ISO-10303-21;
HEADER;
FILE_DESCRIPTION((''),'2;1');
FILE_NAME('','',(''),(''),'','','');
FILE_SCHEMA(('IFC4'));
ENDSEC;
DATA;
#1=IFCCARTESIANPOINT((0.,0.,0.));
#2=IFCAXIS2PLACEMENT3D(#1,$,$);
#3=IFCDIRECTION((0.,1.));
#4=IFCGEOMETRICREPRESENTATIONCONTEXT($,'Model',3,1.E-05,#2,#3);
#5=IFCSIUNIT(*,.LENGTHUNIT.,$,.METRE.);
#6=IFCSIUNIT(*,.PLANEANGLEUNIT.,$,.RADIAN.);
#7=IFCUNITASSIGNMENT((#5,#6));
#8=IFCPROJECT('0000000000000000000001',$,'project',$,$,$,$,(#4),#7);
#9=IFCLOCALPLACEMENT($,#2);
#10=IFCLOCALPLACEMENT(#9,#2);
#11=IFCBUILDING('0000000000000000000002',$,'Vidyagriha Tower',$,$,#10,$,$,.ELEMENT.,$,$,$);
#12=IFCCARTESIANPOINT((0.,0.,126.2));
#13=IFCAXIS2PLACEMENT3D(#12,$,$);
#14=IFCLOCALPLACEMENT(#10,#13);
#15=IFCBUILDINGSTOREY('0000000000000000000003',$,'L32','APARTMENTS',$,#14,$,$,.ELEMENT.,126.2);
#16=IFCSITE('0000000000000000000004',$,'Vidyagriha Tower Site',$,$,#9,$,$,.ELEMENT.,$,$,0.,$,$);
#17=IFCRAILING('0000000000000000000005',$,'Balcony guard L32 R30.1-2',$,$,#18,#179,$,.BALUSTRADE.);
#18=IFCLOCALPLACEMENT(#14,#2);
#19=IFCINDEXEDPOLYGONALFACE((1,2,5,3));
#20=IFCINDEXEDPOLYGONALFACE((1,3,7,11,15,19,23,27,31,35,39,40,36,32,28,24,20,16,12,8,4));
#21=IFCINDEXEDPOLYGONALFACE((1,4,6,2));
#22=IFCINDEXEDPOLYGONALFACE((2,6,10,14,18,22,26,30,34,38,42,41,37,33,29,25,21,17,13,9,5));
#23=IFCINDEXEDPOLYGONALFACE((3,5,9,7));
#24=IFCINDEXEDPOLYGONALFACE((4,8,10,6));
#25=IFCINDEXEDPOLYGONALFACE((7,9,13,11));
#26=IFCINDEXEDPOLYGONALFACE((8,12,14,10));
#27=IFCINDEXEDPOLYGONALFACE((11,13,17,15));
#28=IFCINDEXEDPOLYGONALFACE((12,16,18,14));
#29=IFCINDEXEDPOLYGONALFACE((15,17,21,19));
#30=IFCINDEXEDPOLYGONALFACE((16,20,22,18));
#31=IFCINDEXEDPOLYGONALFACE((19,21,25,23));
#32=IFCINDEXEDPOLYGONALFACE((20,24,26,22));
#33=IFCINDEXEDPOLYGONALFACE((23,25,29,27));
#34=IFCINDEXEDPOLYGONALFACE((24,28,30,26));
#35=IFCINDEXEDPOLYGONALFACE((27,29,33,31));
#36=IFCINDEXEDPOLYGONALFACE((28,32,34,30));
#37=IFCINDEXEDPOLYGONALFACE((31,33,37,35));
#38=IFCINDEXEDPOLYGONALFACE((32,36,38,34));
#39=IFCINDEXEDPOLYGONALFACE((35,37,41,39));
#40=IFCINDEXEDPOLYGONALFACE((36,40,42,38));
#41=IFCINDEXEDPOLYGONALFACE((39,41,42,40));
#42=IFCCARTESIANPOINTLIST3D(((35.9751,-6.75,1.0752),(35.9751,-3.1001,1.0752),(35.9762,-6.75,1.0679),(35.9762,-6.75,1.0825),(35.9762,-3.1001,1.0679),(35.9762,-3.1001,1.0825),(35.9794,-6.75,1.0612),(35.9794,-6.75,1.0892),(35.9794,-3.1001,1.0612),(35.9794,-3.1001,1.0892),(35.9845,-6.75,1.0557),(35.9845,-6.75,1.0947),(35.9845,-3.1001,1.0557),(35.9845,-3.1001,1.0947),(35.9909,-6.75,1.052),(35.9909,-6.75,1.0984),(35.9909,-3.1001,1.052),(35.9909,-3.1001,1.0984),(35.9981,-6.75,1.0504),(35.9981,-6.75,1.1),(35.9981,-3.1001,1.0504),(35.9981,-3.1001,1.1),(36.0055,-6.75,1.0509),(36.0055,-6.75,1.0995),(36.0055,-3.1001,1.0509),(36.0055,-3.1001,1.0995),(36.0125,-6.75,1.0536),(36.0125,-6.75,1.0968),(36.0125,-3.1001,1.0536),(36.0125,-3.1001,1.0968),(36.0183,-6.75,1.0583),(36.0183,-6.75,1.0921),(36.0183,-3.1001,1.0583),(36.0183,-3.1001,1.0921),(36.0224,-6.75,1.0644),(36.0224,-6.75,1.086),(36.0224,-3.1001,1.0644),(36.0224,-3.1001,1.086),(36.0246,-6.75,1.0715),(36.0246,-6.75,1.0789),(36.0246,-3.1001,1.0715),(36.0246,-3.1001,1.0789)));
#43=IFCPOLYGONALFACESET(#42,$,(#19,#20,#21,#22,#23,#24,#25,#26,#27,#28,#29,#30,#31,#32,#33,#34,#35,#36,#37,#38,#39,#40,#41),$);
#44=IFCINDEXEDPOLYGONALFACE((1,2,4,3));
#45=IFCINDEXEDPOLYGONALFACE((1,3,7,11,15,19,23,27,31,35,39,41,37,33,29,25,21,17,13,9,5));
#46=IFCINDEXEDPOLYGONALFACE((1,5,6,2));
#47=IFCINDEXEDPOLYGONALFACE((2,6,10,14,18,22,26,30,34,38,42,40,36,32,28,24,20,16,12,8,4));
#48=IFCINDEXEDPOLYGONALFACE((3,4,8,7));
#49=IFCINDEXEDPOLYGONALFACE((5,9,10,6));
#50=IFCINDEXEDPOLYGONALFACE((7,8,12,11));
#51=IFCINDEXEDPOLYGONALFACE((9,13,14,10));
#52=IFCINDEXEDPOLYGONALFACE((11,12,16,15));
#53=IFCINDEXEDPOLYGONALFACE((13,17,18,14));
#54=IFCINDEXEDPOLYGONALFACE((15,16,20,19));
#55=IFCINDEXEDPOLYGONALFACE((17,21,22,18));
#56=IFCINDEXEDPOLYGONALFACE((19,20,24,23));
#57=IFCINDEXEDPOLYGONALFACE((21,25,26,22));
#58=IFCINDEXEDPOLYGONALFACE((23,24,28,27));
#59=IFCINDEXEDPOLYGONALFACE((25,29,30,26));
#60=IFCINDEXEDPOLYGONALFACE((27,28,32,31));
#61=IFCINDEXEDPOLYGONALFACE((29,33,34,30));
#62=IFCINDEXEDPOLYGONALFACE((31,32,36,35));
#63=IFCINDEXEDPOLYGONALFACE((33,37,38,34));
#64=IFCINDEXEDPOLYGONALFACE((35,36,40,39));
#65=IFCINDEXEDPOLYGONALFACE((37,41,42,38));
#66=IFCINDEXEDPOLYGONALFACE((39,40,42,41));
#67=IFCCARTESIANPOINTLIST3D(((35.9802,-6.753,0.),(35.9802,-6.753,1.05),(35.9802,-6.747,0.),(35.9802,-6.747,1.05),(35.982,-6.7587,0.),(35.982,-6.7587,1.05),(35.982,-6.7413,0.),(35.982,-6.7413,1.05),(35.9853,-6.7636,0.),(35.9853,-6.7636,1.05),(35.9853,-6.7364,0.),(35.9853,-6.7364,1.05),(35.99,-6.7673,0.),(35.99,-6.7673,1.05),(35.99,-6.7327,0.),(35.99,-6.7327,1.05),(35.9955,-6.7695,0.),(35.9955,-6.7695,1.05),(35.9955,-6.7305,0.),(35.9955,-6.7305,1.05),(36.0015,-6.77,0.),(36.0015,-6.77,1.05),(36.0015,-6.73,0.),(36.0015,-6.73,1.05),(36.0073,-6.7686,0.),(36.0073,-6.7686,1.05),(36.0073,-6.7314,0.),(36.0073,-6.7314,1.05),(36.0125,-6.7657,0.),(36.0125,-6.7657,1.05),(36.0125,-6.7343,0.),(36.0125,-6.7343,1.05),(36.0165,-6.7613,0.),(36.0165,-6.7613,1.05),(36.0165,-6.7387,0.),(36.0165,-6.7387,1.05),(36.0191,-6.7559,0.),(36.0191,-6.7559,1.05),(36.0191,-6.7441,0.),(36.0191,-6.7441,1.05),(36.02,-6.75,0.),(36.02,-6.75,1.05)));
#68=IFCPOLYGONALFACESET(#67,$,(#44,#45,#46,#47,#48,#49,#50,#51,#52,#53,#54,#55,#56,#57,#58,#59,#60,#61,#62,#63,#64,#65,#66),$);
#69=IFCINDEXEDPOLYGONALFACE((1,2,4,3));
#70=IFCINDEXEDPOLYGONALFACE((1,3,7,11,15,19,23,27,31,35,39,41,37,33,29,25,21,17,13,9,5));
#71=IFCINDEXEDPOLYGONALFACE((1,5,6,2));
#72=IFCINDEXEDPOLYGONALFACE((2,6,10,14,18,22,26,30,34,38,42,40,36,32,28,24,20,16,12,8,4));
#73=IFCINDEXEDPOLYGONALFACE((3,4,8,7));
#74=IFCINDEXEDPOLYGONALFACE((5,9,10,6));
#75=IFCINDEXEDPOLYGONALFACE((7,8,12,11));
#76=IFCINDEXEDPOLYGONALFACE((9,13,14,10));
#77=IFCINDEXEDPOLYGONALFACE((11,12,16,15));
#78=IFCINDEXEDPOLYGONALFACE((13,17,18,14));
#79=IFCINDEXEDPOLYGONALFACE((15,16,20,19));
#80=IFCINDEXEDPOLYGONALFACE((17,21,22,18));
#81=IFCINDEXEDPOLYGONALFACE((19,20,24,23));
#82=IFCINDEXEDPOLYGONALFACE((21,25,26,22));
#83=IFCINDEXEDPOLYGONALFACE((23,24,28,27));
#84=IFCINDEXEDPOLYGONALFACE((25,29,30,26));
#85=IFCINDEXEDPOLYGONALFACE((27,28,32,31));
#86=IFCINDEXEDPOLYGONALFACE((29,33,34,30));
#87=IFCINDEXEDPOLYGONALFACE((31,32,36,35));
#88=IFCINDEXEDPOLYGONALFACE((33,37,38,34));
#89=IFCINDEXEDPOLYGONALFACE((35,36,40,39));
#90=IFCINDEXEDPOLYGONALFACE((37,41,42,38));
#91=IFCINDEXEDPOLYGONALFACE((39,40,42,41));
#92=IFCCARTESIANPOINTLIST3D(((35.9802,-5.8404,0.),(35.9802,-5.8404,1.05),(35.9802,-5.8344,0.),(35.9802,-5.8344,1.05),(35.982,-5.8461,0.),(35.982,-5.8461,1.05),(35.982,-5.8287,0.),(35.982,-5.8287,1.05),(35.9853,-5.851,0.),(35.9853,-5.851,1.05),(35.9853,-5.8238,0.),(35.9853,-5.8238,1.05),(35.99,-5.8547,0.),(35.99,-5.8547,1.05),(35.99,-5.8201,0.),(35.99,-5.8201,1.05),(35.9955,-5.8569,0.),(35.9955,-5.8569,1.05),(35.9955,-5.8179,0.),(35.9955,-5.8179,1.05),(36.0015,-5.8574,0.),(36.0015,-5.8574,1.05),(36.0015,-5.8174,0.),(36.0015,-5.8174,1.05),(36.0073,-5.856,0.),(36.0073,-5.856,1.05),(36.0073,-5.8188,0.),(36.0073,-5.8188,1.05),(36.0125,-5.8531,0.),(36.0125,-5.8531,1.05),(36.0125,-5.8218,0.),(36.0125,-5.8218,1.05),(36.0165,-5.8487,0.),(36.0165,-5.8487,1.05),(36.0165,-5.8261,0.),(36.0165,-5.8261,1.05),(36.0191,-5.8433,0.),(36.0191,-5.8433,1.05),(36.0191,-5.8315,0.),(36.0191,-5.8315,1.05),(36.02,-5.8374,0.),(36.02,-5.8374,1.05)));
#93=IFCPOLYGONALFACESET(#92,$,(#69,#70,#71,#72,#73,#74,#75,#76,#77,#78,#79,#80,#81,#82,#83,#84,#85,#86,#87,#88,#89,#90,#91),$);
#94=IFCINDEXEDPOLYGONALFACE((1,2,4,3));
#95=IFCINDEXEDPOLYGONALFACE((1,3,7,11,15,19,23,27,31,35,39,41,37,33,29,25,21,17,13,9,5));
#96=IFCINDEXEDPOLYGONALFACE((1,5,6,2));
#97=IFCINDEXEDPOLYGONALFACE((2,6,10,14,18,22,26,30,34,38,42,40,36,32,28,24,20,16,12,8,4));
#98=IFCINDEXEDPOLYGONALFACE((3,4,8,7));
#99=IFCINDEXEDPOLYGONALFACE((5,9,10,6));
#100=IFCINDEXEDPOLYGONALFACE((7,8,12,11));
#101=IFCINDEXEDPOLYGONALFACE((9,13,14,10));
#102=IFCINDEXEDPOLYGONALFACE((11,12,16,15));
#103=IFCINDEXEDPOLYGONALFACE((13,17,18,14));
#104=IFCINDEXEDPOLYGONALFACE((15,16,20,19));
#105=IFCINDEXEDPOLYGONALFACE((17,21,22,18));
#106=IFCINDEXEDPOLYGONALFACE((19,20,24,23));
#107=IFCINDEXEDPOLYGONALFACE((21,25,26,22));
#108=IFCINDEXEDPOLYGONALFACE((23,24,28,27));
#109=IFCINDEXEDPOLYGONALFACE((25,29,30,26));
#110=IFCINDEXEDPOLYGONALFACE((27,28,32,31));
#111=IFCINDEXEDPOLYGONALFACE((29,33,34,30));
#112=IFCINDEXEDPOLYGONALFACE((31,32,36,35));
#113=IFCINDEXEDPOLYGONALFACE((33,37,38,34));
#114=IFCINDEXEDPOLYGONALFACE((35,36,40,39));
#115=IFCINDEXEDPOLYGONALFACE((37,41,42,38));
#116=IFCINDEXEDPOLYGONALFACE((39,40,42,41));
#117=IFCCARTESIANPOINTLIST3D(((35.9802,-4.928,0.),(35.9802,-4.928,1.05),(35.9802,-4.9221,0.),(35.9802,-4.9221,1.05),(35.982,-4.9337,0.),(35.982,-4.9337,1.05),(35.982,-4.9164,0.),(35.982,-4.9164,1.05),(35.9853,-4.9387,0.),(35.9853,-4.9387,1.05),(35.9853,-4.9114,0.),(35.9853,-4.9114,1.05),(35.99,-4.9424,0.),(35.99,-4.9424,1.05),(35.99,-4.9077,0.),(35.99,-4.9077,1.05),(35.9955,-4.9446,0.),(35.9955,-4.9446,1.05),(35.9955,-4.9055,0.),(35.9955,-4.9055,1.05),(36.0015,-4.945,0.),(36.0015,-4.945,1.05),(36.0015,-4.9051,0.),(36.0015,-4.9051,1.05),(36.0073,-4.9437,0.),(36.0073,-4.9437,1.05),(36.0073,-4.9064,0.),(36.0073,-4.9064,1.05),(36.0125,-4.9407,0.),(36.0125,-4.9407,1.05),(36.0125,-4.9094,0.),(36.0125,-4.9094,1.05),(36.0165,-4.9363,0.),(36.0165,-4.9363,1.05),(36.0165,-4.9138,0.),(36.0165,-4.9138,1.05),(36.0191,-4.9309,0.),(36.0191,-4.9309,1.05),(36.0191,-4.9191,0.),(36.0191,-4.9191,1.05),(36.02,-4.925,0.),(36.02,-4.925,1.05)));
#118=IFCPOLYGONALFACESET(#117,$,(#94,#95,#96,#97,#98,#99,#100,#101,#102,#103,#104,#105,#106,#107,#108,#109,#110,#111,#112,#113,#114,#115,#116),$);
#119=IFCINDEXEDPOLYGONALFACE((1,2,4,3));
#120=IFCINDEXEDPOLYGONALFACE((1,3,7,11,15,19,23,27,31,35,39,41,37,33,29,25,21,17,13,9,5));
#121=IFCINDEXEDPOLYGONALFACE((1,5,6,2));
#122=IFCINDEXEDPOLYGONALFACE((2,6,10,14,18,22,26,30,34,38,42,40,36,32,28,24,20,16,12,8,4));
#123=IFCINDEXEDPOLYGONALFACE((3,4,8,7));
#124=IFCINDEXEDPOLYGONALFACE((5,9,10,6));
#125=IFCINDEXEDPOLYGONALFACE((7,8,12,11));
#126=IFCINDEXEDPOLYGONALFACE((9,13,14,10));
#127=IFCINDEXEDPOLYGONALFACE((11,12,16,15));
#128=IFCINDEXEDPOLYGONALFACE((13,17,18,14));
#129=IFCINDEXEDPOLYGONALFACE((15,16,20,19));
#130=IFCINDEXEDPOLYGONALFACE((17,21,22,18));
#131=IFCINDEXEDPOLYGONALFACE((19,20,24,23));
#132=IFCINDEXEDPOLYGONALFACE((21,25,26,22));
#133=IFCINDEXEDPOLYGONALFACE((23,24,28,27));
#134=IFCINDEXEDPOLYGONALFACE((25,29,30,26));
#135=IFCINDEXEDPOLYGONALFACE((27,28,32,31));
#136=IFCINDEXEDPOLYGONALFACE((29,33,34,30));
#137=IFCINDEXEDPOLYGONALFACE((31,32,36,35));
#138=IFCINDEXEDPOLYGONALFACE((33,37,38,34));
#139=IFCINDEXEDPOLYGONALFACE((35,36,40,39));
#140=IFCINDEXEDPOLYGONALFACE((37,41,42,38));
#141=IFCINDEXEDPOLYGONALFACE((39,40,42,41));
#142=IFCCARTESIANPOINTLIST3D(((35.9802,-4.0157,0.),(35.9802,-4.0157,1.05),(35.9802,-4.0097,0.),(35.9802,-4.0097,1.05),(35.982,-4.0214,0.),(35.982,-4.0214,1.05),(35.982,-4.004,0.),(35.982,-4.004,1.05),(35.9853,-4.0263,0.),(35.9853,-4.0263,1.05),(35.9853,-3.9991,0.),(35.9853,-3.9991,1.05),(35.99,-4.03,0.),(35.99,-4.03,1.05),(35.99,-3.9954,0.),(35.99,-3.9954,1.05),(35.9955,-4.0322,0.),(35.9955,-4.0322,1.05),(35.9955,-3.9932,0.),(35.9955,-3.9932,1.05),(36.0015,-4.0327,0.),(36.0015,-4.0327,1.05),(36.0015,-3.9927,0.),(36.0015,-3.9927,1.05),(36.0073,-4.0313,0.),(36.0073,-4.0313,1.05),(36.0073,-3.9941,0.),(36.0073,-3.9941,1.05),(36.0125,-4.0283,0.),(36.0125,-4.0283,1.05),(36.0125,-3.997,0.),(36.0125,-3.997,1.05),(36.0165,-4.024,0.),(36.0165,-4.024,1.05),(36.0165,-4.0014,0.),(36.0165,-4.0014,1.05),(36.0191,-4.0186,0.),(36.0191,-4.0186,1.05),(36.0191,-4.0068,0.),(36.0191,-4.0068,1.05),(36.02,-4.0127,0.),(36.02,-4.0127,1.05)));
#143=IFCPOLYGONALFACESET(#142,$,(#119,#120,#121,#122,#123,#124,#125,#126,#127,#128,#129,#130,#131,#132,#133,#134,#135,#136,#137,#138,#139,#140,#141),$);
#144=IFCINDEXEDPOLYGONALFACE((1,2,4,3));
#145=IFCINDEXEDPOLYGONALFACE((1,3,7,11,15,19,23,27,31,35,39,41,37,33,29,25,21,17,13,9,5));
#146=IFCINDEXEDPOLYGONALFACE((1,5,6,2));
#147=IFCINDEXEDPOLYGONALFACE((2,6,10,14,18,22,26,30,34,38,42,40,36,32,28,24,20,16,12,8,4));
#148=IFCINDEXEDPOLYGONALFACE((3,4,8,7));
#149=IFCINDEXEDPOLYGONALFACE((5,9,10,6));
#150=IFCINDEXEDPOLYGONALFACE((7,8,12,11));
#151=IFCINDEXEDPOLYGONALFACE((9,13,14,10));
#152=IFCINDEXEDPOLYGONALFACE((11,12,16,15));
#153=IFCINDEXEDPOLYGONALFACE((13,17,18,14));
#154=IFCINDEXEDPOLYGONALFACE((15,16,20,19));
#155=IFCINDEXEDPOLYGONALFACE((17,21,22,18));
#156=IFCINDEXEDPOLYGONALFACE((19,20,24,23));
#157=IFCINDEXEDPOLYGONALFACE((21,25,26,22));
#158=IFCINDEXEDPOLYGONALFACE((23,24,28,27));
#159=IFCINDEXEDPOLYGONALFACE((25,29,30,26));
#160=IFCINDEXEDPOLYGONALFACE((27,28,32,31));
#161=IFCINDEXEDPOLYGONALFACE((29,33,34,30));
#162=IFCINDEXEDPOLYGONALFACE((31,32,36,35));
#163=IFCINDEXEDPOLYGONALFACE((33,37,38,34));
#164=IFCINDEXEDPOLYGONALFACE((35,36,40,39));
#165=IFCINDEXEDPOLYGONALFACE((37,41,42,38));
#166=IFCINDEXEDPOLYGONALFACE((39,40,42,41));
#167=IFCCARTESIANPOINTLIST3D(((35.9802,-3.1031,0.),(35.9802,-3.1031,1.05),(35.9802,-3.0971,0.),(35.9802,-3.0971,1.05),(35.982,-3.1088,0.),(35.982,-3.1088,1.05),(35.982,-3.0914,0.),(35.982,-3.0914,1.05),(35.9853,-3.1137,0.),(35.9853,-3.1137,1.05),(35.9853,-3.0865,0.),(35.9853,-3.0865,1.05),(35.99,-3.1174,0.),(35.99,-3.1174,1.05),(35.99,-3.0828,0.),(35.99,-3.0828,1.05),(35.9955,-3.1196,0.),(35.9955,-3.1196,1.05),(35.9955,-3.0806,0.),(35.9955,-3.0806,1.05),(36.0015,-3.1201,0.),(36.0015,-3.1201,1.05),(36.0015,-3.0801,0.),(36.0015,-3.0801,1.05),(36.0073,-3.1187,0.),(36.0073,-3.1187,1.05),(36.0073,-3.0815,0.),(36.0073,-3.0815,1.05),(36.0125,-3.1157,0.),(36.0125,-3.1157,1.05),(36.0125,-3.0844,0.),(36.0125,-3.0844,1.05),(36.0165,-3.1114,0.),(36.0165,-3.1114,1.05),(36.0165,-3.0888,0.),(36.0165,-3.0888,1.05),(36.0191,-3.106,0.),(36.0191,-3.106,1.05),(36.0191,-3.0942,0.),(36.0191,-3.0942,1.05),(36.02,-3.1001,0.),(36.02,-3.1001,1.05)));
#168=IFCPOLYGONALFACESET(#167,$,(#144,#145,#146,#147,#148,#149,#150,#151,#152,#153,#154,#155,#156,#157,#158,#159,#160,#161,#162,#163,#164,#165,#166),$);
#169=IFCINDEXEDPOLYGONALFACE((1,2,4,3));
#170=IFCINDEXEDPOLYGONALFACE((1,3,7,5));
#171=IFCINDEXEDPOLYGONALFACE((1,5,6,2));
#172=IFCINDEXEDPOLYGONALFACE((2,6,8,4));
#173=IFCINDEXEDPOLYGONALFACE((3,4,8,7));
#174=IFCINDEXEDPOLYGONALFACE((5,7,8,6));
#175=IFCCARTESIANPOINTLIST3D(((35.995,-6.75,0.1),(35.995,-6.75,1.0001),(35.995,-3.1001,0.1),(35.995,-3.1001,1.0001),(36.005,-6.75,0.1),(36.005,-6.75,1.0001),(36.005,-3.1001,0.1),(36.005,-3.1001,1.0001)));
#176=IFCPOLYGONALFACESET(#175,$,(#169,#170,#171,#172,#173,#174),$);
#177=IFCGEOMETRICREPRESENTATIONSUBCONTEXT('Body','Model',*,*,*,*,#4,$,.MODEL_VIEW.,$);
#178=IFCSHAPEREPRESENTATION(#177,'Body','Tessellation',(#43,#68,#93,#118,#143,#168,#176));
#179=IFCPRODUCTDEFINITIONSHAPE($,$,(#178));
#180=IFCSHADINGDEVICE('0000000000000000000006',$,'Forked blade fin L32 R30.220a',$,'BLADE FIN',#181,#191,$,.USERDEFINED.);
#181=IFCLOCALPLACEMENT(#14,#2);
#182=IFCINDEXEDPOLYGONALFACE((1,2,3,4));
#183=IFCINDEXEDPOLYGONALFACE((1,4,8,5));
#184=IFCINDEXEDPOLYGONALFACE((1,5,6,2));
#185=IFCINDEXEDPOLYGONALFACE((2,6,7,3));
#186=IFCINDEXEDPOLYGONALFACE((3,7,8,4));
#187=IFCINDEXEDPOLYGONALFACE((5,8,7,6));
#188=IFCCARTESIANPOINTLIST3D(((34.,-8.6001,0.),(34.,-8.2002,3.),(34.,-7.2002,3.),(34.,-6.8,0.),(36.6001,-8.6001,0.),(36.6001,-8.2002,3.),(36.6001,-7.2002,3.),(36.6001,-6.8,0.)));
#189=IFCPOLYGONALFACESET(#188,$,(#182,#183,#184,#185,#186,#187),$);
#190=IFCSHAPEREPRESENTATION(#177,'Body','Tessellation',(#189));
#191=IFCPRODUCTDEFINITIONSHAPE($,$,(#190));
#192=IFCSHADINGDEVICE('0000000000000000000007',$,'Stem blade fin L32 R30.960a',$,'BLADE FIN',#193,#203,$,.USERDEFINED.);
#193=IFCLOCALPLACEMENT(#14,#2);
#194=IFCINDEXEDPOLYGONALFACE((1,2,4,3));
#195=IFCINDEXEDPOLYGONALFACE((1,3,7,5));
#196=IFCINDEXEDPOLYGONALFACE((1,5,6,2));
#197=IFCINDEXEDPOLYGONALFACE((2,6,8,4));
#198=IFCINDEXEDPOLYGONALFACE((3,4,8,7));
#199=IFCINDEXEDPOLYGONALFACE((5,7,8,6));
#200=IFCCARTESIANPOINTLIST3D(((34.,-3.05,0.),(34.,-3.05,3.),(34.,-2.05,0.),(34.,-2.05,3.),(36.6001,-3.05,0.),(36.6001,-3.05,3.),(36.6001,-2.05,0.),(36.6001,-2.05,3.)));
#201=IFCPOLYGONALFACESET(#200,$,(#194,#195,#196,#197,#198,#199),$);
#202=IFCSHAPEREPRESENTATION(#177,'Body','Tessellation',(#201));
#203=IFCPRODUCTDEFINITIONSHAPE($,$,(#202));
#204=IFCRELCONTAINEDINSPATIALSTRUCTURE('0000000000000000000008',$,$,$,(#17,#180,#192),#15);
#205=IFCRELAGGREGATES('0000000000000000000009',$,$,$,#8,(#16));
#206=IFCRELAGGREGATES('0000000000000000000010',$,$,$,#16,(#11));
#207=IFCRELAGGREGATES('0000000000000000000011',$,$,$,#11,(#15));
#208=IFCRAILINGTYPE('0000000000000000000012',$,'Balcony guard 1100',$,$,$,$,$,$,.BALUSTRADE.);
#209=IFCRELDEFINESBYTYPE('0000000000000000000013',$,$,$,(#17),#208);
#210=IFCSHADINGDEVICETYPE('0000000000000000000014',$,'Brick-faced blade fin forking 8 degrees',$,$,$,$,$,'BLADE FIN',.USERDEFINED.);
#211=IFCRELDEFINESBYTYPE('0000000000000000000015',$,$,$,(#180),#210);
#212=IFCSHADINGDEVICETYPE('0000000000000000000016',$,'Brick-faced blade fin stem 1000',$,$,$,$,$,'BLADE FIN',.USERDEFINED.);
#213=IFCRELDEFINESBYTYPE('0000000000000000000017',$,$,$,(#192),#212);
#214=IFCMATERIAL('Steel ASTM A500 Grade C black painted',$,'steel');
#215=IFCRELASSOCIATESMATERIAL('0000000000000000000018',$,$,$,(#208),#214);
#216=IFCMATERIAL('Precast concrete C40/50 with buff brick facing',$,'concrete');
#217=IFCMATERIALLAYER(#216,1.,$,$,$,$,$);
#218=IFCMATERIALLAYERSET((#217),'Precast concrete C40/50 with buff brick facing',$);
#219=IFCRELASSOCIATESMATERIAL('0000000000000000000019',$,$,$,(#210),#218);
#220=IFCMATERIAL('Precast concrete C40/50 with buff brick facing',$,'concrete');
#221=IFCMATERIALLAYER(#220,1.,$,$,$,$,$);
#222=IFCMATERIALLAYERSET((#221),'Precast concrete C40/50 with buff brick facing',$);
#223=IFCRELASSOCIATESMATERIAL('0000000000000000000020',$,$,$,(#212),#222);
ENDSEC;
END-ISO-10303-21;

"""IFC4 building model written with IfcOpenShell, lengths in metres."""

from ifc_helpers import new_model, si_unit, direction, frame, origin, origin_2d, place, context, subcontext, project, spatial, polyline, rectangle, circle, outline, extrude, material, layer, layer_set, type_object, element, save


model = new_model("IFC4")

# Units and contexts
model_context = context("Model", 3, precision=1e-05, world=origin(), true_north=direction((0.0, 1.0)))
body_context = subcontext(model_context, "Body", "Model", "MODEL_VIEW")
ifc_project = project(units=[si_unit("LENGTHUNIT", "METRE"), si_unit("PLANEANGLEUNIT", "RADIAN")], contexts=[model_context])

# Site, building, storey
site_placement = place(None, origin())
site = spatial("IfcSite", under=ifc_project, at=site_placement, Name="Vidyagriha Tower Site", CompositionType="ELEMENT", RefElevation=0.0)
building_placement = place(site_placement, origin())
building = spatial("IfcBuilding", under=site, at=building_placement, Name="Vidyagriha Tower", CompositionType="ELEMENT")
storey_placement = place(building_placement, frame((0.0, 0.0, 126.2)))
storey = spatial("IfcBuildingStorey", under=building, at=storey_placement, Name="L32", Description="APARTMENTS", CompositionType="ELEMENT", Elevation=126.2)

# Railing
ifc_material_1 = material(Name="Steel ASTM A500 Grade C black painted", Category="steel")
railing_type = type_object("IfcRailingType", Name="Balcony guard 1100", PredefinedType="BALUSTRADE", material=ifc_material_1)
railing_1_placement = place(storey_placement, frame((36.0, -6.75, 0.0)))
element("IfcRailing", 1, at=railing_1_placement, inside=storey, type_object=railing_type, Name="Balcony guard L32 R30.1-2", PredefinedType="BALUSTRADE", context=body_context, shape_type="SweptSolid", body=[
    extrude(circle(Radius=0.0249, at=origin_2d()), frame((0.0, 0.0, 1.0752), z_axis=(0.0, 1.0, 0.0), x_axis=(-1.0, 0.0, 0.0)), (0.0, 0.0, 1.0), 3.6499),
    extrude(circle(Radius=0.02, at=origin_2d()), origin(), (0.0, 0.0, 1.0), 1.05),
    extrude(circle(Radius=0.02, at=origin_2d()), frame((0.0, 0.9126, 0.0)), (0.0, 0.0, 1.0), 1.05),
    extrude(circle(Radius=0.02, at=origin_2d()), frame((0.0, 1.825, 0.0)), (0.0, 0.0, 1.0), 1.05),
    extrude(circle(Radius=0.02, at=origin_2d()), frame((0.0, 2.7373, 0.0)), (0.0, 0.0, 1.0), 1.05),
    extrude(circle(Radius=0.02, at=origin_2d()), frame((0.0, 3.6499, 0.0)), (0.0, 0.0, 1.0), 1.05),
    extrude(rectangle(XDim=0.01, YDim=0.9001, at=origin_2d()), frame((0.0, 0.0, 0.55), z_axis=(0.0, 1.0, 0.0), x_axis=(-1.0, 0.0, 0.0)), (0.0, 0.0, 1.0), 3.6499),
])

# Shading devices
ifc_material_2 = material(Name="Precast concrete C40/50 with buff brick facing", Category="concrete")
ifc_layer_1 = layer(ifc_material_2, 1.0)
ifc_layer_set_1 = layer_set([ifc_layer_1], Name="Precast concrete C40/50 with buff brick facing")
shading_device_type_1 = type_object("IfcShadingDeviceType", Name="Brick-faced blade fin forking 8 degrees", ElementType="BLADE FIN", PredefinedType="USERDEFINED", material=ifc_layer_set_1)
shading_device_1_placement = place(storey_placement, frame((35.3, -8.6001, 0.0), z_axis=(0.0, 0.0, 1.0), x_axis=(0.0, 1.0, 0.0)))
element("IfcShadingDevice", 2, at=shading_device_1_placement, inside=storey, type_object=shading_device_type_1, Name="Forked blade fin L32 R30.220a", ObjectType="BLADE FIN", PredefinedType="USERDEFINED", context=body_context, shape_type="SweptSolid", body=[
    extrude(outline(polyline([(0.0, 0.0), (1.8, 0.0), (1.3999, 3.0), (0.3999, 3.0), (0.0, 0.0)])), frame((0.0, 1.3, 0.0), z_axis=(0.0, -1.0, 0.0), x_axis=(1.0, 0.0, 0.0)), (0.0, 0.0, 1.0), 2.6001),
])
ifc_material_3 = material(Name="Precast concrete C40/50 with buff brick facing", Category="concrete")
ifc_layer_2 = layer(ifc_material_3, 1.0)
ifc_layer_set_2 = layer_set([ifc_layer_2], Name="Precast concrete C40/50 with buff brick facing")
shading_device_type_2 = type_object("IfcShadingDeviceType", Name="Brick-faced blade fin stem 1000", ElementType="BLADE FIN", PredefinedType="USERDEFINED", material=ifc_layer_set_2)
shading_device_2_placement = place(storey_placement, frame((35.3, -3.05, 0.0), z_axis=(0.0, 0.0, 1.0), x_axis=(0.0, 1.0, 0.0)))
element("IfcShadingDevice", 3, at=shading_device_2_placement, inside=storey, type_object=shading_device_type_2, Name="Stem blade fin L32 R30.960a", ObjectType="BLADE FIN", PredefinedType="USERDEFINED", context=body_context, shape_type="SweptSolid", body=[
    extrude(outline(polyline([(0.0, 0.0), (1.0, 0.0), (1.0, 3.0), (0.0, 3.0), (0.0, 0.0)])), frame((0.0, 1.3, 0.0), z_axis=(0.0, -1.0, 0.0), x_axis=(1.0, 0.0, 0.0)), (0.0, 0.0, 1.0), 2.6001),
])

save(model, "model.ifc")
